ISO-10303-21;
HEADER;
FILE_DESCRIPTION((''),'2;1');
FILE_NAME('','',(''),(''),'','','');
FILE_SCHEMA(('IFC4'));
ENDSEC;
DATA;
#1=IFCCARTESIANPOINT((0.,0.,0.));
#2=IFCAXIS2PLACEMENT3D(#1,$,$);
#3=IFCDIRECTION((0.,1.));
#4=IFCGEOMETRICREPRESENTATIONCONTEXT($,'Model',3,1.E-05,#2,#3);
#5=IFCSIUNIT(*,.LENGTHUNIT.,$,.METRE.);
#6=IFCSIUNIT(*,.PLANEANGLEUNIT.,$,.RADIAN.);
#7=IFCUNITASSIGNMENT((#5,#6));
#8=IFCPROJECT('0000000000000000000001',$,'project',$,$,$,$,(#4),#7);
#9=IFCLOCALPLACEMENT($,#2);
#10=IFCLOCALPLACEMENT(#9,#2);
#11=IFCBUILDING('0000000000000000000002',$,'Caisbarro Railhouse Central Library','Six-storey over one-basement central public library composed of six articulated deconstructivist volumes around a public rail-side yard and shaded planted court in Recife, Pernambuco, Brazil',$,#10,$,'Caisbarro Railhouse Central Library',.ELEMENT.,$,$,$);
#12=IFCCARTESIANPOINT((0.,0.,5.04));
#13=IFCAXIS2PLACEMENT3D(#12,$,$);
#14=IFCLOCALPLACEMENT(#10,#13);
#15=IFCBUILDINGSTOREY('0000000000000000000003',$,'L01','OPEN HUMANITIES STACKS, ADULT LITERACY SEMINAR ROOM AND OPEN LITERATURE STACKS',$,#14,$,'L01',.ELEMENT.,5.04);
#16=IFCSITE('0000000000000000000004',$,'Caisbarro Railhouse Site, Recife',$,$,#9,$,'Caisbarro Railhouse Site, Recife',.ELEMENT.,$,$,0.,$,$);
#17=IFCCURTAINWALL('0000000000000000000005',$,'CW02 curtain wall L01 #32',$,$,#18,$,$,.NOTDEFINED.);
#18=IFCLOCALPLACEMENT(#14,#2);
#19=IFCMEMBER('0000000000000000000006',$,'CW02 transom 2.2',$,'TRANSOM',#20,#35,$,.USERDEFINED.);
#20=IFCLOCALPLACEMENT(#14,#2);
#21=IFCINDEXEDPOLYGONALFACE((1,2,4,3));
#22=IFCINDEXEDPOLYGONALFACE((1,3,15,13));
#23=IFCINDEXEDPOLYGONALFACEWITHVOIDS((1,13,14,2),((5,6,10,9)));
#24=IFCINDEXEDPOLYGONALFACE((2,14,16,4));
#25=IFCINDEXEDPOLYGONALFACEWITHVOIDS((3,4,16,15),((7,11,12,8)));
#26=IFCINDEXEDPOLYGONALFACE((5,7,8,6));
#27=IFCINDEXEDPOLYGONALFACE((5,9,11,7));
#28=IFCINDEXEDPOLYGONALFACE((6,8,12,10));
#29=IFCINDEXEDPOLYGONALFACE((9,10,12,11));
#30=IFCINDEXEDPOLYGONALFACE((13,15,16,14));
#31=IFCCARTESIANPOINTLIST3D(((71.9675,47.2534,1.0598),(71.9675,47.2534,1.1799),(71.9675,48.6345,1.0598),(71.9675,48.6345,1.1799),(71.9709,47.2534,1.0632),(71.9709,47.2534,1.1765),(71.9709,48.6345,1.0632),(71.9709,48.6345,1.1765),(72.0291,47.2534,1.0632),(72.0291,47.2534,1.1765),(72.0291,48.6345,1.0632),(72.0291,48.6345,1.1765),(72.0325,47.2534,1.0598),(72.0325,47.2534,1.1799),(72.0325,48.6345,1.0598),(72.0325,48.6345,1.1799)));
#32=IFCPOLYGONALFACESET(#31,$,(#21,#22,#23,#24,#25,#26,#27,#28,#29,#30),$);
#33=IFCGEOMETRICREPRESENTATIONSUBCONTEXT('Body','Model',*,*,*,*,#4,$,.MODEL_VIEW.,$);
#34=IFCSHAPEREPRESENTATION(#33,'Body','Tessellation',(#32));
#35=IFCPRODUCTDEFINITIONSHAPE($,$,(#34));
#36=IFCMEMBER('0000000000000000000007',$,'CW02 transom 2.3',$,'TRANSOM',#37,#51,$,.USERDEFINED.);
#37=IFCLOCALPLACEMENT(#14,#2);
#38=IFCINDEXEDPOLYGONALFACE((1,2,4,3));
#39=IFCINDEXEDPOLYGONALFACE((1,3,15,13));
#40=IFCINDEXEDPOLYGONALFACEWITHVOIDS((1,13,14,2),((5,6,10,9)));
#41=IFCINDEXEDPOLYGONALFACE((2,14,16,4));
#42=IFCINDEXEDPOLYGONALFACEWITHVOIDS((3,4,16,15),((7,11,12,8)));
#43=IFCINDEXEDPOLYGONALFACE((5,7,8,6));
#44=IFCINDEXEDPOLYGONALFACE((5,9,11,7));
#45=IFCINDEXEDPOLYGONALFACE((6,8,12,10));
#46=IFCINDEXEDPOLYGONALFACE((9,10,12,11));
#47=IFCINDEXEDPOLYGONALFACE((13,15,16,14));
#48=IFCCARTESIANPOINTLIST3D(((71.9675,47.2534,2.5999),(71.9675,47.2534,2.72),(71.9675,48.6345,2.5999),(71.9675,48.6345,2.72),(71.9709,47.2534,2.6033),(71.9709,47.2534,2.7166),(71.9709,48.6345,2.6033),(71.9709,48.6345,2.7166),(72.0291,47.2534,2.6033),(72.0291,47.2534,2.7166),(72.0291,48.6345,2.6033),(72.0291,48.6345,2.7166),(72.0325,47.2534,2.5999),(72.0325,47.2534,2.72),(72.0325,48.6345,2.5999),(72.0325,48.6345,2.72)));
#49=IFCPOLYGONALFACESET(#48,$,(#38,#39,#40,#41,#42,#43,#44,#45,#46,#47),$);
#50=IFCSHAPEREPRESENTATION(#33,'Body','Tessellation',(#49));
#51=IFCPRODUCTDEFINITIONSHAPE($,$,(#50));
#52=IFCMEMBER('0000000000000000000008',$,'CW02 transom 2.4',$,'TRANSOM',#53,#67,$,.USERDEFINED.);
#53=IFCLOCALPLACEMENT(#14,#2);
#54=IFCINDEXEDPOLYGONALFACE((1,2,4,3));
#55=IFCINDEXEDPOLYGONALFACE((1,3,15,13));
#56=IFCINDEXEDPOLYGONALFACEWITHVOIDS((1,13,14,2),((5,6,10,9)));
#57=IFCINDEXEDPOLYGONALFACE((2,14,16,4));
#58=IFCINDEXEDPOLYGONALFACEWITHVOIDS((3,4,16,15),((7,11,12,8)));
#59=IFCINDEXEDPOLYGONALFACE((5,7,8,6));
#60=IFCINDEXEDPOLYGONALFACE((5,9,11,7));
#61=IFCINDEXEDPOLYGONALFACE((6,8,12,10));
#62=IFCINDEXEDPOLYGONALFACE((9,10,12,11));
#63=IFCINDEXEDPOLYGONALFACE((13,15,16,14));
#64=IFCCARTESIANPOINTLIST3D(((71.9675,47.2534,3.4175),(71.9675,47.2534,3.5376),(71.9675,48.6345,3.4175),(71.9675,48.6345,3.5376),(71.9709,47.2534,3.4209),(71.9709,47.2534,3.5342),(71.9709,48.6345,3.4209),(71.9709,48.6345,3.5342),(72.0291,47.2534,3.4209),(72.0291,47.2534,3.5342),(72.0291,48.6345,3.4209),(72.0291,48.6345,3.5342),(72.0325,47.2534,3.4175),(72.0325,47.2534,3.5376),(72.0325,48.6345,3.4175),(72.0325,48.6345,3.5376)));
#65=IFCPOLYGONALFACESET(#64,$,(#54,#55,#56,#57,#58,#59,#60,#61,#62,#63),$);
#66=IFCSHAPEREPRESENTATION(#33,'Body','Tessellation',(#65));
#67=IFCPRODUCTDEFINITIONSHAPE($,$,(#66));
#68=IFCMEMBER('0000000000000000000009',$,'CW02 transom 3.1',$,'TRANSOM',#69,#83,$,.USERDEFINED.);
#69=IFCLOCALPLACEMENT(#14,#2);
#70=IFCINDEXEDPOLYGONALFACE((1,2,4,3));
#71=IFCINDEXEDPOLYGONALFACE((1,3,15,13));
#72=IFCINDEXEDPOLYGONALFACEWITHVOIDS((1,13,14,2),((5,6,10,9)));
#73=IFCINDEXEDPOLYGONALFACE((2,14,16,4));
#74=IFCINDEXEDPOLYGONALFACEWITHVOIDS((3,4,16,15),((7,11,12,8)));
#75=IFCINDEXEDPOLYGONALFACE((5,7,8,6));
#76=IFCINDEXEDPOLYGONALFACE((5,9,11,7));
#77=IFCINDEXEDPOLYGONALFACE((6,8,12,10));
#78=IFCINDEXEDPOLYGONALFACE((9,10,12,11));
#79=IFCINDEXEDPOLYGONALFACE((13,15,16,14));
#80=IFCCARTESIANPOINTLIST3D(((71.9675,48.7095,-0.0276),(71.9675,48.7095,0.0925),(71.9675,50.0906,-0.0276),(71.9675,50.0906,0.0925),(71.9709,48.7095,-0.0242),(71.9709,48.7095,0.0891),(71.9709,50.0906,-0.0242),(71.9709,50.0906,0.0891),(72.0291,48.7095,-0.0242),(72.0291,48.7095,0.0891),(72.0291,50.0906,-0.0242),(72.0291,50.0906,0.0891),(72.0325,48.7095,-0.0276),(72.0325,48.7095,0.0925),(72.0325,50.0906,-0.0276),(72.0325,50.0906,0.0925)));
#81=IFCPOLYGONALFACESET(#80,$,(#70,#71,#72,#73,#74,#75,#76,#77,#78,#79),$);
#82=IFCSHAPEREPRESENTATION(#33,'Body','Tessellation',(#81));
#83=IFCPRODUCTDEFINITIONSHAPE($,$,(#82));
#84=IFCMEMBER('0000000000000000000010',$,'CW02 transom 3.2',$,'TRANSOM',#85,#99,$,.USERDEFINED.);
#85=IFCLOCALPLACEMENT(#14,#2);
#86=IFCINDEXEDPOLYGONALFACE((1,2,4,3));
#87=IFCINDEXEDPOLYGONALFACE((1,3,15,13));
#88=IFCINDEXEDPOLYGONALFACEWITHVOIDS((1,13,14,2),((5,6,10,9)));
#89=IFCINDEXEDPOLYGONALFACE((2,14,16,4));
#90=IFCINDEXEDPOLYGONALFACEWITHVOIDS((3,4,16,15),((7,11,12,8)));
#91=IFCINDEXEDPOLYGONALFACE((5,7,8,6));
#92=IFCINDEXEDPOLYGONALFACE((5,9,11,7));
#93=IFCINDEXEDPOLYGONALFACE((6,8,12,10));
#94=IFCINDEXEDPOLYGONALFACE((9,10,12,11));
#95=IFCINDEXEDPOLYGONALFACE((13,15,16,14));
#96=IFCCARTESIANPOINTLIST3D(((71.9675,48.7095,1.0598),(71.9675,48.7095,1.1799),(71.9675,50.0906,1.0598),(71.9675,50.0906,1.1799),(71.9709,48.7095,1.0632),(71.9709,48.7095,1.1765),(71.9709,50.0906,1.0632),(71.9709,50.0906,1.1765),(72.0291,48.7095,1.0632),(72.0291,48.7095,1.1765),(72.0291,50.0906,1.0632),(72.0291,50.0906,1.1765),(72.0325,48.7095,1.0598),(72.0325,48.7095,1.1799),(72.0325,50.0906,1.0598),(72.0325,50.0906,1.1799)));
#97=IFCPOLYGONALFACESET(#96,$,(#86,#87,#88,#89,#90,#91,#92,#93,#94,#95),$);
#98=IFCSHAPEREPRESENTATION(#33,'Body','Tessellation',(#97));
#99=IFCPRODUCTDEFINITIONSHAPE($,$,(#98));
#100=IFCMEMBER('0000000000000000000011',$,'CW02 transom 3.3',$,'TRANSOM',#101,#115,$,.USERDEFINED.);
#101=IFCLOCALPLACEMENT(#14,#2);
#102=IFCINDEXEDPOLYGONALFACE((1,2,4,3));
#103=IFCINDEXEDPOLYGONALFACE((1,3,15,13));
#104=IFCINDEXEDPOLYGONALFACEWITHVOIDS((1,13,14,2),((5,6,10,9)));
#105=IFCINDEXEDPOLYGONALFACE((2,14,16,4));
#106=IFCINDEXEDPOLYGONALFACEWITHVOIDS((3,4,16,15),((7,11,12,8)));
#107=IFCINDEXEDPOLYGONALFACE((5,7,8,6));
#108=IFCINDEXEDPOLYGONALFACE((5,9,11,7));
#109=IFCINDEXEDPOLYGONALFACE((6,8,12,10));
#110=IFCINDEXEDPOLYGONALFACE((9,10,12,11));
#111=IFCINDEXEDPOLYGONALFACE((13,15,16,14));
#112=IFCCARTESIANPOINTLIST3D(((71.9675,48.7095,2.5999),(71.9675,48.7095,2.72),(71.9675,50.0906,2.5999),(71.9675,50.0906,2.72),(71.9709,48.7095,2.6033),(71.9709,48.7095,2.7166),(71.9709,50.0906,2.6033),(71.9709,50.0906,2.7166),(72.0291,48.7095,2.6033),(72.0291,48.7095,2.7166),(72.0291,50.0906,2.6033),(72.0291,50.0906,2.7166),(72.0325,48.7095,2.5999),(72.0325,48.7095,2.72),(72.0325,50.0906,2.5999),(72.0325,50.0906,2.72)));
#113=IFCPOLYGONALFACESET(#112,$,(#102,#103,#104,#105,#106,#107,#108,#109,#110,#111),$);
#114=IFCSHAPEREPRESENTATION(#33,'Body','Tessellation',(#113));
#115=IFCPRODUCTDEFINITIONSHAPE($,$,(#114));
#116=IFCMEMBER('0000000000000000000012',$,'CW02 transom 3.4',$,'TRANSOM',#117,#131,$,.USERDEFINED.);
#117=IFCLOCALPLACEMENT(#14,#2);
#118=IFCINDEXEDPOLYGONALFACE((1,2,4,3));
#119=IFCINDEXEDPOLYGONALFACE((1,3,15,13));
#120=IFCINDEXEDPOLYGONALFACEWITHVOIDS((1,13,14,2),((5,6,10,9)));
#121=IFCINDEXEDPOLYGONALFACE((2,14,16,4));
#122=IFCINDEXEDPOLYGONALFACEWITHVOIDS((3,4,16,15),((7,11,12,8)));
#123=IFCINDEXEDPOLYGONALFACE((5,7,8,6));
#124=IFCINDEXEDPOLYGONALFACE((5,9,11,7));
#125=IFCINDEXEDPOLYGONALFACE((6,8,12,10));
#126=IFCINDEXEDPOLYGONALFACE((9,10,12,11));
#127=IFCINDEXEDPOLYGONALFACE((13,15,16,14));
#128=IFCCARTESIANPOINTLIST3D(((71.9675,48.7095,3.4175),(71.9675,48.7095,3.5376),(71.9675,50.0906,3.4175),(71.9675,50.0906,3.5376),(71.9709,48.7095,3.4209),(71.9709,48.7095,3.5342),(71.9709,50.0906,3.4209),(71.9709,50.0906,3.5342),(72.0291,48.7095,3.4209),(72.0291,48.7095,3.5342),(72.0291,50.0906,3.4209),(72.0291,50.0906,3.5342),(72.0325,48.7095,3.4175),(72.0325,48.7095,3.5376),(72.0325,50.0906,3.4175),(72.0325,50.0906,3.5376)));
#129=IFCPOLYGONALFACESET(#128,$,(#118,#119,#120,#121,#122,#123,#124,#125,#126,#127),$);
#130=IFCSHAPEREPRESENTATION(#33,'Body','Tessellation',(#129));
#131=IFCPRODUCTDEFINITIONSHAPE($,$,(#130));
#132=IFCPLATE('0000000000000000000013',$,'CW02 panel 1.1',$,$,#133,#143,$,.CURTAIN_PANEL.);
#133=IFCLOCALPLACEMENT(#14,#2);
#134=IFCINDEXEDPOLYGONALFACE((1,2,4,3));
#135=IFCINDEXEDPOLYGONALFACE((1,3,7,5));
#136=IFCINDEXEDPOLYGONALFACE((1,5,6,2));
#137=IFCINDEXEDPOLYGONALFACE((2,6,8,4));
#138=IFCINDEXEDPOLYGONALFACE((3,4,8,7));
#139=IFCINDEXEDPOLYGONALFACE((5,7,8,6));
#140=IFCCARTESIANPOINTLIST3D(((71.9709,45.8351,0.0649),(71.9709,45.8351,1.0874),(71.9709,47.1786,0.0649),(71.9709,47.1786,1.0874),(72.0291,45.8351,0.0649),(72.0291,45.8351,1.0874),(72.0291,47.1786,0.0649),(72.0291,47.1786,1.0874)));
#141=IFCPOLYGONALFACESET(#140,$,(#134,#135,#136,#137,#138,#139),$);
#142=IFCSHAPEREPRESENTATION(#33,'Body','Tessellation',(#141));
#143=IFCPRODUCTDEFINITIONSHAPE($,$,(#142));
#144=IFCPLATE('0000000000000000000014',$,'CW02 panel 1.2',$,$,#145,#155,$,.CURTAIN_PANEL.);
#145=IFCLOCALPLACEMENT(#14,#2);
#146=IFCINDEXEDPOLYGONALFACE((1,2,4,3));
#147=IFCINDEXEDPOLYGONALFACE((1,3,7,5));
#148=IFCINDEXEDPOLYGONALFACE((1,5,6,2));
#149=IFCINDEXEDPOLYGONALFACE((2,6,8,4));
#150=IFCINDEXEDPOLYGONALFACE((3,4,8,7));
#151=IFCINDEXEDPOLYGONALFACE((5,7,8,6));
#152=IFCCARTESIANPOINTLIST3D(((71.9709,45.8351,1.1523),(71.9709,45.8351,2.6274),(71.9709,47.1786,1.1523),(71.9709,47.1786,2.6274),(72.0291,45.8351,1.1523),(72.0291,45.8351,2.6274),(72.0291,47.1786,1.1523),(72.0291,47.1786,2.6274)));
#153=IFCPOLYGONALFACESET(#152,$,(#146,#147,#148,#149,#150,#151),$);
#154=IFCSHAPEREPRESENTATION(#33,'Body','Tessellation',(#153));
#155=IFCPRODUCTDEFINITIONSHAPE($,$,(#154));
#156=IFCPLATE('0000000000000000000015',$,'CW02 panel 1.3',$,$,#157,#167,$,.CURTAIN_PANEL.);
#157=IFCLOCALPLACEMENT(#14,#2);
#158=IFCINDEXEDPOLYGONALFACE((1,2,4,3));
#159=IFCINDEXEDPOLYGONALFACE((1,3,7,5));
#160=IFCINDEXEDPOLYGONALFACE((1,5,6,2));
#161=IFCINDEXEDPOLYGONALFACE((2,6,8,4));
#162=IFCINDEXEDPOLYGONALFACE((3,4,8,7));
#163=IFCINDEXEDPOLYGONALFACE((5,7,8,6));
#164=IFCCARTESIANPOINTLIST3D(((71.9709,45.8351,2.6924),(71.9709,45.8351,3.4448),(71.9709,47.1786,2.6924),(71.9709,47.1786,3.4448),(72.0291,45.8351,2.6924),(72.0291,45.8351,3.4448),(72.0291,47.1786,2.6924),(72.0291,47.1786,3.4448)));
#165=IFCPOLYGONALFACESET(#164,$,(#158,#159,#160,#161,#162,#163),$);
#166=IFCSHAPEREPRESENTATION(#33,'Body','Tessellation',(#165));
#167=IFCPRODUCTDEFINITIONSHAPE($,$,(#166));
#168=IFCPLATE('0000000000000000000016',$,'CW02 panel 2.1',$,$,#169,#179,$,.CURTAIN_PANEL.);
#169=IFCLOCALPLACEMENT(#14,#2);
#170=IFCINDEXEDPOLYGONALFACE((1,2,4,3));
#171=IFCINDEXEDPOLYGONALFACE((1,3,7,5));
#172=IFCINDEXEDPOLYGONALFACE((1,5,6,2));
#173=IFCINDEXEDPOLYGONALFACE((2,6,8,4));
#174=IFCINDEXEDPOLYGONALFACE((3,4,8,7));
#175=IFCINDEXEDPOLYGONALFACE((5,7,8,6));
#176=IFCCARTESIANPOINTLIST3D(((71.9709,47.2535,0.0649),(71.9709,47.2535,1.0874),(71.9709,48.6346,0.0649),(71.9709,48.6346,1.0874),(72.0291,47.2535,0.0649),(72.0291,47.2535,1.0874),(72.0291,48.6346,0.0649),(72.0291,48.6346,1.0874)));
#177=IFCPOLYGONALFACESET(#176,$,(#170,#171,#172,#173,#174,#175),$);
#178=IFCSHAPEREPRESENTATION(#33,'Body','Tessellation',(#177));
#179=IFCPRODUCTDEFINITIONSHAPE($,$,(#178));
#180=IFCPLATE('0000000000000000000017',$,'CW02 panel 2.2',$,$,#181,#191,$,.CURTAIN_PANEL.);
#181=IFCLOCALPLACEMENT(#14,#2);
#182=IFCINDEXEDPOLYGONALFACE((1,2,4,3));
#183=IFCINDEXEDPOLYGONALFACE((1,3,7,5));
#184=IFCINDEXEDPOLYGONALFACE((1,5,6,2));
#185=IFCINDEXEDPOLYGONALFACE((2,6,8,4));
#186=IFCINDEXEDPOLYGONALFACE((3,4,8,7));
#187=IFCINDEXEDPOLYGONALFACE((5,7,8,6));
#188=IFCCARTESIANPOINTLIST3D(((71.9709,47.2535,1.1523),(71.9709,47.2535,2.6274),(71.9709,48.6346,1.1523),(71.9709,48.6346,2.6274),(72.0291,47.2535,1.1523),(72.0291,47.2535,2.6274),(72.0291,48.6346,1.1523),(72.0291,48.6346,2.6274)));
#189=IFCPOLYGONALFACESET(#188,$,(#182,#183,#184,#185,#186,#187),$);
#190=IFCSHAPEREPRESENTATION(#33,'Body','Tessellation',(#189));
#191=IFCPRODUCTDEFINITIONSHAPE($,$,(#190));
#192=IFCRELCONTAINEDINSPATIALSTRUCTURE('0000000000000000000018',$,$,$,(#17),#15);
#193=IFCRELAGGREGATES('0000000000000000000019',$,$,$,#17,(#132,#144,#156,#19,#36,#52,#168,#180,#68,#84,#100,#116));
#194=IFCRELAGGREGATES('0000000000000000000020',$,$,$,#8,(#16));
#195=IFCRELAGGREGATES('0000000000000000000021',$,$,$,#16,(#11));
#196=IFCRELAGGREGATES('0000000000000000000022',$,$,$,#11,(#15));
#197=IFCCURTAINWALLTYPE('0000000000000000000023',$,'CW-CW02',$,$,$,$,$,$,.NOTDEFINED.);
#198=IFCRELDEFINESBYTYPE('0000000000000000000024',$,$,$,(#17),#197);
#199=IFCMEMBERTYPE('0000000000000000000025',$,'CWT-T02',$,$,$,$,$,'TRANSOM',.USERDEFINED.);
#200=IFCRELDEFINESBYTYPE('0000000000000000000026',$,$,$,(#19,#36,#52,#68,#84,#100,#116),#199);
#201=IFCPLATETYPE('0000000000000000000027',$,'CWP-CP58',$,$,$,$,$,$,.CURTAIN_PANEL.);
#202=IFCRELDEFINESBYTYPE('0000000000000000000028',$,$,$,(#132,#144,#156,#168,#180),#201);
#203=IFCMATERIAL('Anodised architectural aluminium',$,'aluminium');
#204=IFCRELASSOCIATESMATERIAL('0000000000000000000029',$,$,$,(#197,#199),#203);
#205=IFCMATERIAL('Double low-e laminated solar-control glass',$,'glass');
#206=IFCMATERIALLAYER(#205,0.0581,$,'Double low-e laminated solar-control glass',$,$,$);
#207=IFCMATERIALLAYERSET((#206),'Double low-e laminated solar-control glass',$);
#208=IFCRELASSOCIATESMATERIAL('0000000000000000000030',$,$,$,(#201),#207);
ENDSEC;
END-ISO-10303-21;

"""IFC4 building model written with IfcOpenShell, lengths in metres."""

from ifc_helpers import new_model, si_unit, direction, frame, origin, origin_2d, place, context, subcontext, project, spatial, rectangle, hollow_rectangle, extrude, material, layer, layer_set, material_profile, profile_set, type_object, element, aggregate, save


model = new_model("IFC4")

# Units and contexts
model_context = context("Model", 3, precision=1e-05, world=origin(), true_north=direction((0.0, 1.0)))
body_context = subcontext(model_context, "Body", "Model", "MODEL_VIEW")
ifc_project = project(units=[si_unit("LENGTHUNIT", "METRE"), si_unit("PLANEANGLEUNIT", "RADIAN")], contexts=[model_context])

# Site, building, storey
site_placement = place(None, origin())
site = spatial("IfcSite", under=ifc_project, at=site_placement, Name="Caisbarro Railhouse Site, Recife", LongName="Caisbarro Railhouse Site, Recife", CompositionType="ELEMENT", RefElevation=0.0)
building_placement = place(site_placement, origin())
building = spatial("IfcBuilding", under=site, at=building_placement, Name="Caisbarro Railhouse Central Library", Description="Six-storey over one-basement central public library composed of six articulated deconstructivist volumes around a public rail-side yard and shaded planted court in Recife, Pernambuco, Brazil", LongName="Caisbarro Railhouse Central Library", CompositionType="ELEMENT")
storey_placement = place(building_placement, frame((0.0, 0.0, 5.04)))
storey = spatial("IfcBuildingStorey", under=building, at=storey_placement, Name="L01", Description="OPEN HUMANITIES STACKS, ADULT LITERACY SEMINAR ROOM AND OPEN LITERATURE STACKS", LongName="L01", CompositionType="ELEMENT", Elevation=5.04)

# Curtain wall, members, plates
ifc_material_1 = material(Name="Anodised architectural aluminium", Category="aluminium")
curtain_wall_type = type_object("IfcCurtainWallType", Name="CW-CW02", PredefinedType="NOTDEFINED", material=ifc_material_1)
curtain_wall_placement = place(storey_placement, origin())
curtain_wall = element("IfcCurtainWall", 1, at=curtain_wall_placement, inside=storey, type_object=curtain_wall_type, Name="CW02 curtain wall L01 #32", PredefinedType="NOTDEFINED")
ifc_material_profile_1 = material_profile(ifc_material_1, hollow_rectangle(XDim=0.0649, YDim=0.1201, WallThickness=0.0034, at=origin_2d()), Name="ALU-TRN-65X120")
ifc_profile_set_1 = profile_set([ifc_material_profile_1], Name="Anodised architectural aluminium")
member_type_1 = type_object("IfcMemberType", Name="CWT-T02", ElementType="TRANSOM", PredefinedType="USERDEFINED", material=ifc_profile_set_1)
member_1_placement = place(storey_placement, frame((72.0, 47.2534, 1.1199), z_axis=(0.0, 1.0, 0.0), x_axis=(-1.0, 0.0, 0.0)))
member_1 = element("IfcMember", 2, at=member_1_placement, type_object=member_type_1, Name="CW02 transom 2.2", ObjectType="TRANSOM", PredefinedType="USERDEFINED", context=body_context, shape_type="SweptSolid", body=[
    extrude(hollow_rectangle(XDim=0.0649, YDim=0.1201, WallThickness=0.0034, at=origin_2d()), origin(), (0.0, 0.0, 1.0), 1.3811),
])
member_2_placement = place(storey_placement, frame((72.0, 47.2534, 2.6599), z_axis=(0.0, 1.0, 0.0), x_axis=(-1.0, 0.0, 0.0)))
member_2 = element("IfcMember", 3, at=member_2_placement, type_object=member_type_1, Name="CW02 transom 2.3", ObjectType="TRANSOM", PredefinedType="USERDEFINED", context=body_context, shape_type="SweptSolid", body=[
    extrude(hollow_rectangle(XDim=0.0649, YDim=0.1201, WallThickness=0.0034, at=origin_2d()), origin(), (0.0, 0.0, 1.0), 1.3811),
])
member_3_placement = place(storey_placement, frame((72.0, 47.2534, 3.4775), z_axis=(0.0, 1.0, 0.0), x_axis=(-1.0, 0.0, 0.0)))
member_3 = element("IfcMember", 4, at=member_3_placement, type_object=member_type_1, Name="CW02 transom 2.4", ObjectType="TRANSOM", PredefinedType="USERDEFINED", context=body_context, shape_type="SweptSolid", body=[
    extrude(hollow_rectangle(XDim=0.0649, YDim=0.1201, WallThickness=0.0034, at=origin_2d()), origin(), (0.0, 0.0, 1.0), 1.3811),
])
member_4_placement = place(storey_placement, frame((72.0, 48.7095, 0.0325), z_axis=(0.0, 1.0, 0.0), x_axis=(-1.0, 0.0, 0.0)))
member_4 = element("IfcMember", 5, at=member_4_placement, type_object=member_type_1, Name="CW02 transom 3.1", ObjectType="TRANSOM", PredefinedType="USERDEFINED", context=body_context, shape_type="SweptSolid", body=[
    extrude(hollow_rectangle(XDim=0.0649, YDim=0.1201, WallThickness=0.0034, at=origin_2d()), origin(), (0.0, 0.0, 1.0), 1.3811),
])
member_5_placement = place(storey_placement, frame((72.0, 48.7095, 1.1199), z_axis=(0.0, 1.0, 0.0), x_axis=(-1.0, 0.0, 0.0)))
member_5 = element("IfcMember", 6, at=member_5_placement, type_object=member_type_1, Name="CW02 transom 3.2", ObjectType="TRANSOM", PredefinedType="USERDEFINED", context=body_context, shape_type="SweptSolid", body=[
    extrude(hollow_rectangle(XDim=0.0649, YDim=0.1201, WallThickness=0.0034, at=origin_2d()), origin(), (0.0, 0.0, 1.0), 1.3811),
])
member_6_placement = place(storey_placement, frame((72.0, 48.7095, 2.6599), z_axis=(0.0, 1.0, 0.0), x_axis=(-1.0, 0.0, 0.0)))
member_6 = element("IfcMember", 7, at=member_6_placement, type_object=member_type_1, Name="CW02 transom 3.3", ObjectType="TRANSOM", PredefinedType="USERDEFINED", context=body_context, shape_type="SweptSolid", body=[
    extrude(hollow_rectangle(XDim=0.0649, YDim=0.1201, WallThickness=0.0034, at=origin_2d()), origin(), (0.0, 0.0, 1.0), 1.3811),
])
member_7_placement = place(storey_placement, frame((72.0, 48.7095, 3.4775), z_axis=(0.0, 1.0, 0.0), x_axis=(-1.0, 0.0, 0.0)))
member_7 = element("IfcMember", 8, at=member_7_placement, type_object=member_type_1, Name="CW02 transom 3.4", ObjectType="TRANSOM", PredefinedType="USERDEFINED", context=body_context, shape_type="SweptSolid", body=[
    extrude(hollow_rectangle(XDim=0.0649, YDim=0.1201, WallThickness=0.0034, at=origin_2d()), origin(), (0.0, 0.0, 1.0), 1.3811),
])
ifc_material_2 = material(Name="Double low-e laminated solar-control glass", Category="glass")
ifc_layer_1 = layer(ifc_material_2, 0.0581, Name="Double low-e laminated solar-control glass")
ifc_layer_set_1 = layer_set([ifc_layer_1], Name="Double low-e laminated solar-control glass")
plate_type_1 = type_object("IfcPlateType", Name="CWP-CP58", PredefinedType="CURTAIN_PANEL", material=ifc_layer_set_1)
plate_1_placement = place(storey_placement, frame((72.0, 46.5068, 0.0649), z_axis=(0.0, 0.0, 1.0), x_axis=(0.0, 1.0, 0.0)))
plate_1 = element("IfcPlate", 9, at=plate_1_placement, type_object=plate_type_1, Name="CW02 panel 1.1", PredefinedType="CURTAIN_PANEL", context=body_context, shape_type="SweptSolid", body=[
    extrude(rectangle(XDim=1.3435, YDim=0.0581, at=origin_2d()), origin(), (0.0, 0.0, 1.0), 1.0225),
])
plate_2_placement = place(storey_placement, frame((72.0, 46.5068, 1.1523), z_axis=(0.0, 0.0, 1.0), x_axis=(0.0, 1.0, 0.0)))
plate_2 = element("IfcPlate", 10, at=plate_2_placement, type_object=plate_type_1, Name="CW02 panel 1.2", PredefinedType="CURTAIN_PANEL", context=body_context, shape_type="SweptSolid", body=[
    extrude(rectangle(XDim=1.3435, YDim=0.0581, at=origin_2d()), origin(), (0.0, 0.0, 1.0), 1.4751),
])
plate_3_placement = place(storey_placement, frame((72.0, 46.5068, 2.6924), z_axis=(0.0, 0.0, 1.0), x_axis=(0.0, 1.0, 0.0)))
plate_3 = element("IfcPlate", 11, at=plate_3_placement, type_object=plate_type_1, Name="CW02 panel 1.3", PredefinedType="CURTAIN_PANEL", context=body_context, shape_type="SweptSolid", body=[
    extrude(rectangle(XDim=1.3435, YDim=0.0581, at=origin_2d()), origin(), (0.0, 0.0, 1.0), 0.7524),
])
plate_4_placement = place(storey_placement, frame((72.0, 47.9441, 0.0649), z_axis=(0.0, 0.0, 1.0), x_axis=(0.0, 1.0, 0.0)))
plate_4 = element("IfcPlate", 12, at=plate_4_placement, type_object=plate_type_1, Name="CW02 panel 2.1", PredefinedType="CURTAIN_PANEL", context=body_context, shape_type="SweptSolid", body=[
    extrude(rectangle(XDim=1.3811, YDim=0.0581, at=origin_2d()), origin(), (0.0, 0.0, 1.0), 1.0225),
])
plate_5_placement = place(storey_placement, frame((72.0, 47.9441, 1.1523), z_axis=(0.0, 0.0, 1.0), x_axis=(0.0, 1.0, 0.0)))
plate_5 = element("IfcPlate", 13, at=plate_5_placement, type_object=plate_type_1, Name="CW02 panel 2.2", PredefinedType="CURTAIN_PANEL", context=body_context, shape_type="SweptSolid", body=[
    extrude(rectangle(XDim=1.3811, YDim=0.0581, at=origin_2d()), origin(), (0.0, 0.0, 1.0), 1.4751),
])
aggregate(curtain_wall, [plate_1, plate_2, plate_3, member_1, member_2, member_3, plate_4, plate_5, member_4, member_5, member_6, member_7])

save(model, "model.ifc")
